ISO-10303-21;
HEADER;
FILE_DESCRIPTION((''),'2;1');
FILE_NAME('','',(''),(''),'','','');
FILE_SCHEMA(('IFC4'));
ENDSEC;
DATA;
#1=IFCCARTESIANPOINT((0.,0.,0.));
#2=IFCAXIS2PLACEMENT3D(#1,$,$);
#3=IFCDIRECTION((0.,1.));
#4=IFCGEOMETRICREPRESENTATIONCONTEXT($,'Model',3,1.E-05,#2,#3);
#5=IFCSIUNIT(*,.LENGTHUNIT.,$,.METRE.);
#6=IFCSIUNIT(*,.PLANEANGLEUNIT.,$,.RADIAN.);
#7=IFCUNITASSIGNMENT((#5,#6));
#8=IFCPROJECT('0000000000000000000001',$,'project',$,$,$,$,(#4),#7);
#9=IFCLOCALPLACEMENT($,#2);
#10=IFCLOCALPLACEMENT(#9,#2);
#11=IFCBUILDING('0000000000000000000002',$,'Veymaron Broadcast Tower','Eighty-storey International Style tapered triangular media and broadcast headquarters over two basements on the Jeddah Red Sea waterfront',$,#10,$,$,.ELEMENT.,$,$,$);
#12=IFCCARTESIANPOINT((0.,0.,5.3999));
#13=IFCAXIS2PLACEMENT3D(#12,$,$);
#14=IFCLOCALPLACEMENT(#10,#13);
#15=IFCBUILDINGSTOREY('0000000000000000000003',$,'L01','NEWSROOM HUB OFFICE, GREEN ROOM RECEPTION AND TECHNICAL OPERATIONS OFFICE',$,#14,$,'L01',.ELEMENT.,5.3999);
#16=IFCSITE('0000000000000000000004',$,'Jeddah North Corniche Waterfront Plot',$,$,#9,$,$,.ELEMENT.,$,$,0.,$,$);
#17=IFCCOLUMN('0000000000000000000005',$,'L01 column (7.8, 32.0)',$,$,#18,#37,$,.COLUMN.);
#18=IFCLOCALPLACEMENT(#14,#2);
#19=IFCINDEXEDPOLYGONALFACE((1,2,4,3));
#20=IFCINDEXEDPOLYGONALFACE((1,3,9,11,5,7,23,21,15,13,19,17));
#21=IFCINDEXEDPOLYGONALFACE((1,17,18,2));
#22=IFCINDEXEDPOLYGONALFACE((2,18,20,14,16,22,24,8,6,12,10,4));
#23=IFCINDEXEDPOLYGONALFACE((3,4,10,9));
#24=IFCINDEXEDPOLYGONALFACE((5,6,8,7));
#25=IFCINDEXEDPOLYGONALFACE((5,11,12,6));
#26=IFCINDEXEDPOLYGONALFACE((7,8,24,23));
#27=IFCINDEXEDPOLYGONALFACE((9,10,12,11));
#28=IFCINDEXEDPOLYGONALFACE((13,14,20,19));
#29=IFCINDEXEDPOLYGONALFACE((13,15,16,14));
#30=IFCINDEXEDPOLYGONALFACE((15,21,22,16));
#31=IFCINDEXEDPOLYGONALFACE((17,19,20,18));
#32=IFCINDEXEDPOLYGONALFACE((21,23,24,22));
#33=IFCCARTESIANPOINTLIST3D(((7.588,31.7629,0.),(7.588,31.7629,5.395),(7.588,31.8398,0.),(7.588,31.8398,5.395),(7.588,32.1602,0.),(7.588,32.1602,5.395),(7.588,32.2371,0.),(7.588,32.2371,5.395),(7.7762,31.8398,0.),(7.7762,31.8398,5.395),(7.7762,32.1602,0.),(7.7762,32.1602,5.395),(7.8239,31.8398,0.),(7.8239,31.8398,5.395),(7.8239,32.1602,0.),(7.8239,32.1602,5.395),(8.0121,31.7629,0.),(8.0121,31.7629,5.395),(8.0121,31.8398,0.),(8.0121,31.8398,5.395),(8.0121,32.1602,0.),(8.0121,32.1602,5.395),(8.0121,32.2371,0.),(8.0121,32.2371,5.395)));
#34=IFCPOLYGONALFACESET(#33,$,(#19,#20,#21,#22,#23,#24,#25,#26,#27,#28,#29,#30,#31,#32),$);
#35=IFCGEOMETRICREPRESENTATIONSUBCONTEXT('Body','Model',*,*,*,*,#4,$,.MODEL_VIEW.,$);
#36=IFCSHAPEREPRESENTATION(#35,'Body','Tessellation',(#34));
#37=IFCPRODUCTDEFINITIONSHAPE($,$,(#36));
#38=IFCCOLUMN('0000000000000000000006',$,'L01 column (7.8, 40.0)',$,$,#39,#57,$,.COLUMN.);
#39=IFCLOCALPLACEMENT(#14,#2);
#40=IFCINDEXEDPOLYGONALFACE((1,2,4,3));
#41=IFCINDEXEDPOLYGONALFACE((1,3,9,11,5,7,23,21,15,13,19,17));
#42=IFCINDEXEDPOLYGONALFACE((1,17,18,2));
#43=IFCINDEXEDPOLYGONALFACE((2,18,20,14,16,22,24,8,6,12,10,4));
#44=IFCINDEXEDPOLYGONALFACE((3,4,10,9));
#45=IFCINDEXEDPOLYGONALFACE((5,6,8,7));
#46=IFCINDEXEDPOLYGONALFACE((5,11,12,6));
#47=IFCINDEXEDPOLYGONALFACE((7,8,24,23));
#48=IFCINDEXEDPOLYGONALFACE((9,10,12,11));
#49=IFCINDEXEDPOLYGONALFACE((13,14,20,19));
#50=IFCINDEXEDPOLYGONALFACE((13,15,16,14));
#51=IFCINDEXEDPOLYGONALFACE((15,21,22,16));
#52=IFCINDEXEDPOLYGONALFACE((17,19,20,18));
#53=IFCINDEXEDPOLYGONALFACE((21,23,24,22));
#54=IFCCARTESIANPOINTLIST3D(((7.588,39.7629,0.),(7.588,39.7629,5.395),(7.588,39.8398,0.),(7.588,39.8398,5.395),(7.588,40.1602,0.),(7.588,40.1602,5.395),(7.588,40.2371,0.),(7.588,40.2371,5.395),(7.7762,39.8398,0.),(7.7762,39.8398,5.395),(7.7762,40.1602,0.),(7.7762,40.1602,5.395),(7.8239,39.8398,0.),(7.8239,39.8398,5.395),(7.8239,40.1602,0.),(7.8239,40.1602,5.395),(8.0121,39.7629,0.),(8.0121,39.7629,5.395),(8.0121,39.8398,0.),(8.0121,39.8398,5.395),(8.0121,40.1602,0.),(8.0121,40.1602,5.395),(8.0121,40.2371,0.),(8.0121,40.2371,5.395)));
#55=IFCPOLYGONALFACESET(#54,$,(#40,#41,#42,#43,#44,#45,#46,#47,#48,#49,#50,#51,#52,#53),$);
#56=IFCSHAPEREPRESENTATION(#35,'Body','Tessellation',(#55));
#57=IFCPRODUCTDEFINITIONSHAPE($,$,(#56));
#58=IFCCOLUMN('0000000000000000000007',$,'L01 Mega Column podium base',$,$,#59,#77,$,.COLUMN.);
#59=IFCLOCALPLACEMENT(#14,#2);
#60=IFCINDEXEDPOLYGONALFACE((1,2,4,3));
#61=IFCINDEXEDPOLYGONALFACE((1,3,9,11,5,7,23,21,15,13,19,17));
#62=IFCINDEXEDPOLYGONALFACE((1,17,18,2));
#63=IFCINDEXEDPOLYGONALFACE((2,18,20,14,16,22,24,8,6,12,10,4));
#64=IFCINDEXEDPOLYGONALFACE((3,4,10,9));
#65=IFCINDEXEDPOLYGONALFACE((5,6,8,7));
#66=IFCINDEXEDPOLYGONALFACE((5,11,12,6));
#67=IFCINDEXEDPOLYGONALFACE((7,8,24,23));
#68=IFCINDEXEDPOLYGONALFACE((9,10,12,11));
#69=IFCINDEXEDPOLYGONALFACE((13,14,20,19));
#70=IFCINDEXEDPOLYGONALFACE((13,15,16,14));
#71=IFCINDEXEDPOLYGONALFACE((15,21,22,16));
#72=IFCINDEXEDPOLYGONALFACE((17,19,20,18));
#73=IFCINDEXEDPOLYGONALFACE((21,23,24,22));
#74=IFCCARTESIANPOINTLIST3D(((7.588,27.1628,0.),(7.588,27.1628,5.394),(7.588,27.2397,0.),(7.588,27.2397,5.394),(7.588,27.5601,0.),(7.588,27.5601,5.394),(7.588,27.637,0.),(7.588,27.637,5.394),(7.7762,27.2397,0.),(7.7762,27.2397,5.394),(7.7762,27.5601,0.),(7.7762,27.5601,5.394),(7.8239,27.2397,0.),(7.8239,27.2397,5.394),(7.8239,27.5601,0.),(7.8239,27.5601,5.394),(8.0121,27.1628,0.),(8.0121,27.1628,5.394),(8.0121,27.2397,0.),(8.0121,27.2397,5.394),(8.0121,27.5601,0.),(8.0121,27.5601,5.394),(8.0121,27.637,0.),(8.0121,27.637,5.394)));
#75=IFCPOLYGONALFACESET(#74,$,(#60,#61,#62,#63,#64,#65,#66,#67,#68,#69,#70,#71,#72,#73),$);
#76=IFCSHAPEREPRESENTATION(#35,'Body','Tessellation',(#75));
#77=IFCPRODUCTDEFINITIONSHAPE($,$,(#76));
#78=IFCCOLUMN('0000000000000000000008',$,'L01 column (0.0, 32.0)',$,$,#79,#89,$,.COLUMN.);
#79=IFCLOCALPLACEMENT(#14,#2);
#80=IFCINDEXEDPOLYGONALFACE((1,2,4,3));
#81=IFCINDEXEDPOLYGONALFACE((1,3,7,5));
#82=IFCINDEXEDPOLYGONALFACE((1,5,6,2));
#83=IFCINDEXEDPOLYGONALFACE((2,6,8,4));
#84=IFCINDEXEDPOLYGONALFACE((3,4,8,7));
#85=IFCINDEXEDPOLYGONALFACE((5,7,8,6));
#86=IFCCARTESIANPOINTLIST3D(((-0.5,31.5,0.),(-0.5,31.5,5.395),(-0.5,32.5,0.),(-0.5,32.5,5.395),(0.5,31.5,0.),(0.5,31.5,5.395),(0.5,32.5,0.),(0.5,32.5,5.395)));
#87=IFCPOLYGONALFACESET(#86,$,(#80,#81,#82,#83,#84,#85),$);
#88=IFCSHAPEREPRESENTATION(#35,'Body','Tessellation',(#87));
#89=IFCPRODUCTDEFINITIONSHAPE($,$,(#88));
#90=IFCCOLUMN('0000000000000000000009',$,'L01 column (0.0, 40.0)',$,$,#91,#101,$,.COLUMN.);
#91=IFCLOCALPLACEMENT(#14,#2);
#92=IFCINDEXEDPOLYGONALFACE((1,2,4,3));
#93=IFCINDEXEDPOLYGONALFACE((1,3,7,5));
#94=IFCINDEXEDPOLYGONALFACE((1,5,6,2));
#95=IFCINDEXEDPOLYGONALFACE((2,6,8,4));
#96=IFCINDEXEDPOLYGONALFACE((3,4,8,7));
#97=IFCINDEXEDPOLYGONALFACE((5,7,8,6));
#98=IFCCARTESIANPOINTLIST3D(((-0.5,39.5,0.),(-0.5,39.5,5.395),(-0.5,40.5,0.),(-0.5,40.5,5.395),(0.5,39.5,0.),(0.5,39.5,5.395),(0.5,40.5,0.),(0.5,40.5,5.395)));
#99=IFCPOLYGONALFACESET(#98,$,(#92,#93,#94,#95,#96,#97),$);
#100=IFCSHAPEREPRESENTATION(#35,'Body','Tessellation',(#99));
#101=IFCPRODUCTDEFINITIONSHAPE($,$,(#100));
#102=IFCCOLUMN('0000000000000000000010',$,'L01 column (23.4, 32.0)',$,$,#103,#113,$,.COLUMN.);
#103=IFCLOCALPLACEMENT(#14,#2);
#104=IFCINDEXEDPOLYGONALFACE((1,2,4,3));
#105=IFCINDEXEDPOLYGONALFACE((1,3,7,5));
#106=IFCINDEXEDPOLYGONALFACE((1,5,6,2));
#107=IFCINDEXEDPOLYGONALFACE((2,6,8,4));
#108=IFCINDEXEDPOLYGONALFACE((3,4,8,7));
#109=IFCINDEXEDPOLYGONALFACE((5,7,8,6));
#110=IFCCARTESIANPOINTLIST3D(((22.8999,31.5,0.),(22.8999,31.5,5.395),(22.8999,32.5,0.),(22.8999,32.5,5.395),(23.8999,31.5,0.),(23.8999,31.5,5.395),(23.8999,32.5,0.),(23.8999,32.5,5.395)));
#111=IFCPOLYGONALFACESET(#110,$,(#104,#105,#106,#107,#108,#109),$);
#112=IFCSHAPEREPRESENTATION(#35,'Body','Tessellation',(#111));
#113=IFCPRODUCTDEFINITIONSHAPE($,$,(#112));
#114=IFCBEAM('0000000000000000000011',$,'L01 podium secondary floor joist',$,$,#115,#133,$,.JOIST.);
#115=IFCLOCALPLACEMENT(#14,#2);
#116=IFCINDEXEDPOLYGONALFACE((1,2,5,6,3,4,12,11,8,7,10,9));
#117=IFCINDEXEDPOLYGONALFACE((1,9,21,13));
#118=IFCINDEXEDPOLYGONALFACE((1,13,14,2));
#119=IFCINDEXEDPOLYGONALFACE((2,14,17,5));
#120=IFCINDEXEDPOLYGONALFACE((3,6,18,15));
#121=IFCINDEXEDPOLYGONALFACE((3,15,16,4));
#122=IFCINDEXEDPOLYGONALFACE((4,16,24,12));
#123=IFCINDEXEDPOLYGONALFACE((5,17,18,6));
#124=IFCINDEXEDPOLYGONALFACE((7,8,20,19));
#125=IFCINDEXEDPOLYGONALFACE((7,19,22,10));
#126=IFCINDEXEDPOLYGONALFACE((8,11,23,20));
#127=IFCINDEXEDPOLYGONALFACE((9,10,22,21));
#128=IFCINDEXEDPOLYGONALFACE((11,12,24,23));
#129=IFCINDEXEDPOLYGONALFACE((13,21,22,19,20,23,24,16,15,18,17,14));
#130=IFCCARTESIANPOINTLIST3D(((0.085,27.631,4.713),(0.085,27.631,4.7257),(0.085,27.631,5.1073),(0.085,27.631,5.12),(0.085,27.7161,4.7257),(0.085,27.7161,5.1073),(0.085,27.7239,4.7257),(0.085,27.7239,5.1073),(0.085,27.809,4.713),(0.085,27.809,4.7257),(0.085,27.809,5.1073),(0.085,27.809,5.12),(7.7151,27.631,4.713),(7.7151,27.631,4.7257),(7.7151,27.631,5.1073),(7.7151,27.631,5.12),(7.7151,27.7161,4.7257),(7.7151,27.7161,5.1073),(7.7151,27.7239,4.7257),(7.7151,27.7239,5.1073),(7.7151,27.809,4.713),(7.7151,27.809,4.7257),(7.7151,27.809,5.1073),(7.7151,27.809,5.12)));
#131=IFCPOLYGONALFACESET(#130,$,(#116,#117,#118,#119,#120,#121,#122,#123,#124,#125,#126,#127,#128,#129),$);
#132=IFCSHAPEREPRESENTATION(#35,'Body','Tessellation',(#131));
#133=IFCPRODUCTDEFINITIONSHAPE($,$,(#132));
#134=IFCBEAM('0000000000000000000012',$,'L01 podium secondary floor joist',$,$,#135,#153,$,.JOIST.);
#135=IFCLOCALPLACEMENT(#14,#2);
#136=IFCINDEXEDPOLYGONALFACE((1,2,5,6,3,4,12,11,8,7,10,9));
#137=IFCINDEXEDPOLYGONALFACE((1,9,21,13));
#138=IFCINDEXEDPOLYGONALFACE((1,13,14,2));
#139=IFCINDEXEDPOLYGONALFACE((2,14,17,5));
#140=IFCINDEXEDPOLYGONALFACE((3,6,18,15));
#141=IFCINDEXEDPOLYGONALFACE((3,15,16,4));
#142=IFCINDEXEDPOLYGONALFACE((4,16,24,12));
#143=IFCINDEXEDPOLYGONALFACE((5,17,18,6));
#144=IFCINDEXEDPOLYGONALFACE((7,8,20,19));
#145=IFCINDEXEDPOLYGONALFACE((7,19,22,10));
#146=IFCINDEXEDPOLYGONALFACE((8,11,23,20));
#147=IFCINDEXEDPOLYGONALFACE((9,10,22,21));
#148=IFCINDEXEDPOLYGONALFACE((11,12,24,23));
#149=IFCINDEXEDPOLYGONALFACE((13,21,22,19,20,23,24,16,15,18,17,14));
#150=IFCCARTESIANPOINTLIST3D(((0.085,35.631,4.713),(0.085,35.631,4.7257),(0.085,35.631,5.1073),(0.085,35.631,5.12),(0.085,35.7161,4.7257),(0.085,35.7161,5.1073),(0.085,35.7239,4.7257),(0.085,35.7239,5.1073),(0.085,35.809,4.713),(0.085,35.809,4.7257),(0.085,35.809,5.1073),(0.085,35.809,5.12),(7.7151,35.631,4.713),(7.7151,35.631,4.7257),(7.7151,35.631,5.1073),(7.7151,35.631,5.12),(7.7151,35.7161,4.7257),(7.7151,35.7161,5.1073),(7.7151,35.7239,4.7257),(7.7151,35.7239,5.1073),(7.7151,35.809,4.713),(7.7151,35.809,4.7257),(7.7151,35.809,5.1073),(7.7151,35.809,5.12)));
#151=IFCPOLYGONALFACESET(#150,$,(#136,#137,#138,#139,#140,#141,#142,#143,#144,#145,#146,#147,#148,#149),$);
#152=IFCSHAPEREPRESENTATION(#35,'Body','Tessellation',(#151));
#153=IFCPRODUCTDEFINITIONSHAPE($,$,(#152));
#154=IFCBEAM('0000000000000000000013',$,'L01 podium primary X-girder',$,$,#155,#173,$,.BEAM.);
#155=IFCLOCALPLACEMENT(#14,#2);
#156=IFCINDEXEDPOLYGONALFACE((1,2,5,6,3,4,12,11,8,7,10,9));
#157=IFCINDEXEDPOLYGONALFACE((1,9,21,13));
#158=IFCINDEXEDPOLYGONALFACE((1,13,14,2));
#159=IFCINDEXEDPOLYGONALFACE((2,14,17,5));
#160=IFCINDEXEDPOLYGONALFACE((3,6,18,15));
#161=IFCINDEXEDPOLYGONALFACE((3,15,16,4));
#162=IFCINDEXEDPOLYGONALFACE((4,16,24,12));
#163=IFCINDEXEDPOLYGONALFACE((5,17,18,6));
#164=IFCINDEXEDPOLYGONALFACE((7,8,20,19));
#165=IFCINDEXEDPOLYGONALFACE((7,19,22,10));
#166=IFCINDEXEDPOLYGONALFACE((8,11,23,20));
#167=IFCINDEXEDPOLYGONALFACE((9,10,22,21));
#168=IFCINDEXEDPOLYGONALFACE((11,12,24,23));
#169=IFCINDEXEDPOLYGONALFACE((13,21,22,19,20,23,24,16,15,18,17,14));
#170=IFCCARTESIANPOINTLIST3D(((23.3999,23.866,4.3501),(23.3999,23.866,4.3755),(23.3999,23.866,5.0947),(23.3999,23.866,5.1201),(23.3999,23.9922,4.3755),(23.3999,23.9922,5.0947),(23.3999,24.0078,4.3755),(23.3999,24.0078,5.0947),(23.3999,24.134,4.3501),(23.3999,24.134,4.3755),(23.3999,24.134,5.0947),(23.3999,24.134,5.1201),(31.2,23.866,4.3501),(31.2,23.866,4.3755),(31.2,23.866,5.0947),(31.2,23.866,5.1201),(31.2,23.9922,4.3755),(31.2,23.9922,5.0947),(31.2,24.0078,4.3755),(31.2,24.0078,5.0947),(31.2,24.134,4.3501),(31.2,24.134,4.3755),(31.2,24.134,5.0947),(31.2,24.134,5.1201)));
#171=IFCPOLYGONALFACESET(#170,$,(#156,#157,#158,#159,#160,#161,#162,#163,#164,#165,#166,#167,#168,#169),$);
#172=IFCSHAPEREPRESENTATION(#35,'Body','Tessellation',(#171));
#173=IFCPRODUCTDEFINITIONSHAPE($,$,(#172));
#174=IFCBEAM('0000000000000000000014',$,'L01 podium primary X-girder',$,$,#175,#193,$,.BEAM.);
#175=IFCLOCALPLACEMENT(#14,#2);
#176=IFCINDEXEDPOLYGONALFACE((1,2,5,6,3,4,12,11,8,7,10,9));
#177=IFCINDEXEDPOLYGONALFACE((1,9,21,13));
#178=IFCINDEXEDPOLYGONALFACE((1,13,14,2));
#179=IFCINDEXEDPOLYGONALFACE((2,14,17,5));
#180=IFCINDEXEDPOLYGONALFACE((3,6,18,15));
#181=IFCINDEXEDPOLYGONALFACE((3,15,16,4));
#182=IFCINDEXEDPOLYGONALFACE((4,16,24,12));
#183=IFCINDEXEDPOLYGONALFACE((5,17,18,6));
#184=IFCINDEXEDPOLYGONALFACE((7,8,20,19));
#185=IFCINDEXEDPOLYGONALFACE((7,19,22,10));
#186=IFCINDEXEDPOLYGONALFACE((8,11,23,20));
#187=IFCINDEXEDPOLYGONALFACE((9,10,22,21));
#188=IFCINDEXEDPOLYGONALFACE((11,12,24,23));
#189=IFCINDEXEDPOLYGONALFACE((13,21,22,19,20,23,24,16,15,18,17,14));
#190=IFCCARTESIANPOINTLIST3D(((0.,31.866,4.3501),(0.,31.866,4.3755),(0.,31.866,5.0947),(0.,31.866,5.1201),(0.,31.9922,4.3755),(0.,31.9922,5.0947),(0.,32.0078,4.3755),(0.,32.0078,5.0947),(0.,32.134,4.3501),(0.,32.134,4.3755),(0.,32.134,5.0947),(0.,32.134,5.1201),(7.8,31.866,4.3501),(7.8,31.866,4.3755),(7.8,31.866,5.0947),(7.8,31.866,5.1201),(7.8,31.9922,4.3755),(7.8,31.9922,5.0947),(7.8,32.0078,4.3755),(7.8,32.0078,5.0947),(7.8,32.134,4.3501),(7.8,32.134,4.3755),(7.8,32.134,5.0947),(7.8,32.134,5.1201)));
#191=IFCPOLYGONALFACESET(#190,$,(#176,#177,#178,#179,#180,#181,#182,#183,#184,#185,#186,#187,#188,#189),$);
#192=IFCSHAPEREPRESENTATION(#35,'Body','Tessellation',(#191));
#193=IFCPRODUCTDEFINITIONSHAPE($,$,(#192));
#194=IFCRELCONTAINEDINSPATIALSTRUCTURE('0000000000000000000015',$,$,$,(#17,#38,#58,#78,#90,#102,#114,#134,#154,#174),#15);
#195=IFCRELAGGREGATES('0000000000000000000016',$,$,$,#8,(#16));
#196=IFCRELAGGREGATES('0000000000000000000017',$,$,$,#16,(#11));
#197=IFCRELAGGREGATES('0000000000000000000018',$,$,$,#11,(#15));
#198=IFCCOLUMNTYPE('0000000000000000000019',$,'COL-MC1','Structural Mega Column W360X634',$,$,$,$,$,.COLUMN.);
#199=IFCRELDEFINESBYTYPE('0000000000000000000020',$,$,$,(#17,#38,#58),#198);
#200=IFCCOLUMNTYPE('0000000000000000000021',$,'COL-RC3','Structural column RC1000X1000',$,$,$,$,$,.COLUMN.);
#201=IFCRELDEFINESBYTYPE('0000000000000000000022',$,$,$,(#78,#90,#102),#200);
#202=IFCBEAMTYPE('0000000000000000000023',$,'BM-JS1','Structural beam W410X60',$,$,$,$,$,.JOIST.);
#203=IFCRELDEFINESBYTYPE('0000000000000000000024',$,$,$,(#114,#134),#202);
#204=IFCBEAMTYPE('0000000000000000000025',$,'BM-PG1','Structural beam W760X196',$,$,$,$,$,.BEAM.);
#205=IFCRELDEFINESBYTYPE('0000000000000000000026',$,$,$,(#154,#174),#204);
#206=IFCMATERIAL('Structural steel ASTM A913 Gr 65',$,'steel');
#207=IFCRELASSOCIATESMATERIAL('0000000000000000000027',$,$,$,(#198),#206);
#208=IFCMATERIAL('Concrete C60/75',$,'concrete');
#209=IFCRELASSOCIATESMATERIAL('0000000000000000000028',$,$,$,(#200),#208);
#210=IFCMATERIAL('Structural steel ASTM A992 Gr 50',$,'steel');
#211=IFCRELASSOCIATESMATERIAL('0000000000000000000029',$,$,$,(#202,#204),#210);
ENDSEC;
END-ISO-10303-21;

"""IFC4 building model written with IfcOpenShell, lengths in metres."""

from ifc_helpers import new_model, si_unit, direction, frame, origin, origin_2d, place, context, subcontext, project, spatial, rectangle, i_section, extrude, material, material_profile, profile_set, type_object, element, save


model = new_model("IFC4")

# Units and contexts
model_context = context("Model", 3, precision=1e-05, world=origin(), true_north=direction((0.0, 1.0)))
body_context = subcontext(model_context, "Body", "Model", "MODEL_VIEW")
ifc_project = project(units=[si_unit("LENGTHUNIT", "METRE"), si_unit("PLANEANGLEUNIT", "RADIAN")], contexts=[model_context])

# Site, building, storey
site_placement = place(None, origin())
site = spatial("IfcSite", under=ifc_project, at=site_placement, Name="Jeddah North Corniche Waterfront Plot", CompositionType="ELEMENT", RefElevation=0.0)
building_placement = place(site_placement, origin())
building = spatial("IfcBuilding", under=site, at=building_placement, Name="Veymaron Broadcast Tower", Description="Eighty-storey International Style tapered triangular media and broadcast headquarters over two basements on the Jeddah Red Sea waterfront", CompositionType="ELEMENT")
storey_placement = place(building_placement, frame((0.0, 0.0, 5.3999)))
storey = spatial("IfcBuildingStorey", under=building, at=storey_placement, Name="L01", Description="NEWSROOM HUB OFFICE, GREEN ROOM RECEPTION AND TECHNICAL OPERATIONS OFFICE", LongName="L01", CompositionType="ELEMENT", Elevation=5.3999)

# Columns
ifc_material_1 = material(Name="Structural steel ASTM A913 Gr 65", Category="steel")
ifc_material_profile_1 = material_profile(ifc_material_1, i_section(OverallWidth=0.4241, OverallDepth=0.4741, WebThickness=0.0476, FlangeThickness=0.0769, at=origin_2d()), Name="W360X634")
ifc_profile_set_1 = profile_set([ifc_material_profile_1], Name="Structural steel ASTM A913 Gr 65")
column_type_1 = type_object("IfcColumnType", Name="COL-MC1", Description="Structural Mega Column W360X634", PredefinedType="COLUMN", material=ifc_profile_set_1)
for number, where, z_axis, x_axis, name in (
    (1, (7.8, 32.0, 0.0), (0.0, 0.0, 1.0), (1.0, 0.0, 0.0), "L01 column (7.8, 32.0)"),
    (2, (7.8, 40.0, 0.0), (0.0, 0.0, 1.0), (1.0, 0.0, 0.0), "L01 column (7.8, 40.0)"),
):
    element("IfcColumn", number, at=place(storey_placement, frame(where, z_axis=z_axis, x_axis=x_axis)), inside=storey, type_object=column_type_1, Name=name, PredefinedType="COLUMN", context=body_context, shape_type="SweptSolid", body=[
        extrude(i_section(OverallWidth=0.4241, OverallDepth=0.4741, WebThickness=0.0476, FlangeThickness=0.0769, at=origin_2d()), origin(), (0.0, 0.0, 1.0), 5.395),
    ])
column_placement = place(storey_placement, frame((7.8, 27.3999, 0.0), z_axis=(0.0, 0.0, 1.0), x_axis=(1.0, 0.0, 0.0)))
element("IfcColumn", 3, at=column_placement, inside=storey, type_object=column_type_1, Name="L01 Mega Column podium base", PredefinedType="COLUMN", context=body_context, shape_type="SweptSolid", body=[
    extrude(i_section(OverallWidth=0.4241, OverallDepth=0.4741, WebThickness=0.0476, FlangeThickness=0.0769, at=origin_2d()), origin(), (0.0, 0.0, 1.0), 5.394),
])
ifc_material_2 = material(Name="Concrete C60/75", Category="concrete")
ifc_material_profile_2 = material_profile(ifc_material_2, rectangle(XDim=1.0, YDim=1.0, at=origin_2d()), Name="RC1000X1000")
ifc_profile_set_2 = profile_set([ifc_material_profile_2], Name="Concrete C60/75")
column_type_2 = type_object("IfcColumnType", Name="COL-RC3", Description="Structural column RC1000X1000", PredefinedType="COLUMN", material=ifc_profile_set_2)
for number, where, z_axis, x_axis, name in (
    (4, (0.0, 32.0, 0.0), (0.0, 0.0, 1.0), (1.0, 0.0, 0.0), "L01 column (0.0, 32.0)"),
    (5, (0.0, 40.0, 0.0), (0.0, 0.0, 1.0), (1.0, 0.0, 0.0), "L01 column (0.0, 40.0)"),
    (6, (23.3999, 32.0, 0.0), (0.0, 0.0, 1.0), (1.0, 0.0, 0.0), "L01 column (23.4, 32.0)"),
):
    element("IfcColumn", number, at=place(storey_placement, frame(where, z_axis=z_axis, x_axis=x_axis)), inside=storey, type_object=column_type_2, Name=name, PredefinedType="COLUMN", context=body_context, shape_type="SweptSolid", body=[
        extrude(rectangle(XDim=1.0, YDim=1.0, at=origin_2d()), origin(), (0.0, 0.0, 1.0), 5.395),
    ])

# Beams
ifc_material_3 = material(Name="Structural steel ASTM A992 Gr 50", Category="steel")
ifc_material_profile_3 = material_profile(ifc_material_3, i_section(OverallWidth=0.178, OverallDepth=0.407, WebThickness=0.0078, FlangeThickness=0.0127, at=origin_2d()), Name="W410X60")
ifc_profile_set_3 = profile_set([ifc_material_profile_3], Name="Structural steel ASTM A992 Gr 50")
beam_type_1 = type_object("IfcBeamType", Name="BM-JS1", Description="Structural beam W410X60", PredefinedType="JOIST", material=ifc_profile_set_3)
for number, where, z_axis, x_axis, name in (
    (7, (0.085, 27.72, 4.9165), (1.0, 0.0, 0.0), (0.0, 1.0, 0.0), "L01 podium secondary floor joist"),
    (8, (0.085, 35.72, 4.9165), (1.0, 0.0, 0.0), (0.0, 1.0, 0.0), "L01 podium secondary floor joist"),
):
    element("IfcBeam", number, at=place(storey_placement, frame(where, z_axis=z_axis, x_axis=x_axis)), inside=storey, type_object=beam_type_1, Name=name, PredefinedType="JOIST", context=body_context, shape_type="SweptSolid", body=[
        extrude(i_section(OverallWidth=0.178, OverallDepth=0.407, WebThickness=0.0078, FlangeThickness=0.0127, at=origin_2d()), origin(), (0.0, 0.0, 1.0), 7.6301),
    ])
ifc_material_profile_4 = material_profile(ifc_material_3, i_section(OverallWidth=0.2681, OverallDepth=0.77, WebThickness=0.0156, FlangeThickness=0.0254, at=origin_2d()), Name="W760X196")
ifc_profile_set_4 = profile_set([ifc_material_profile_4], Name="Structural steel ASTM A992 Gr 50")
beam_type_2 = type_object("IfcBeamType", Name="BM-PG1", Description="Structural beam W760X196", PredefinedType="BEAM", material=ifc_profile_set_4)
for number, where, z_axis, x_axis, name in (
    (9, (23.3999, 24.0, 4.7351), (1.0, 0.0, 0.0), (0.0, 1.0, 0.0), "L01 podium primary X-girder"),
    (10, (0.0, 32.0, 4.7351), (1.0, 0.0, 0.0), (0.0, 1.0, 0.0), "L01 podium primary X-girder"),
):
    element("IfcBeam", number, at=place(storey_placement, frame(where, z_axis=z_axis, x_axis=x_axis)), inside=storey, type_object=beam_type_2, Name=name, PredefinedType="BEAM", context=body_context, shape_type="SweptSolid", body=[
        extrude(i_section(OverallWidth=0.2681, OverallDepth=0.77, WebThickness=0.0156, FlangeThickness=0.0254, at=origin_2d()), origin(), (0.0, 0.0, 1.0), 7.8),
    ])

save(model, "model.ifc")
